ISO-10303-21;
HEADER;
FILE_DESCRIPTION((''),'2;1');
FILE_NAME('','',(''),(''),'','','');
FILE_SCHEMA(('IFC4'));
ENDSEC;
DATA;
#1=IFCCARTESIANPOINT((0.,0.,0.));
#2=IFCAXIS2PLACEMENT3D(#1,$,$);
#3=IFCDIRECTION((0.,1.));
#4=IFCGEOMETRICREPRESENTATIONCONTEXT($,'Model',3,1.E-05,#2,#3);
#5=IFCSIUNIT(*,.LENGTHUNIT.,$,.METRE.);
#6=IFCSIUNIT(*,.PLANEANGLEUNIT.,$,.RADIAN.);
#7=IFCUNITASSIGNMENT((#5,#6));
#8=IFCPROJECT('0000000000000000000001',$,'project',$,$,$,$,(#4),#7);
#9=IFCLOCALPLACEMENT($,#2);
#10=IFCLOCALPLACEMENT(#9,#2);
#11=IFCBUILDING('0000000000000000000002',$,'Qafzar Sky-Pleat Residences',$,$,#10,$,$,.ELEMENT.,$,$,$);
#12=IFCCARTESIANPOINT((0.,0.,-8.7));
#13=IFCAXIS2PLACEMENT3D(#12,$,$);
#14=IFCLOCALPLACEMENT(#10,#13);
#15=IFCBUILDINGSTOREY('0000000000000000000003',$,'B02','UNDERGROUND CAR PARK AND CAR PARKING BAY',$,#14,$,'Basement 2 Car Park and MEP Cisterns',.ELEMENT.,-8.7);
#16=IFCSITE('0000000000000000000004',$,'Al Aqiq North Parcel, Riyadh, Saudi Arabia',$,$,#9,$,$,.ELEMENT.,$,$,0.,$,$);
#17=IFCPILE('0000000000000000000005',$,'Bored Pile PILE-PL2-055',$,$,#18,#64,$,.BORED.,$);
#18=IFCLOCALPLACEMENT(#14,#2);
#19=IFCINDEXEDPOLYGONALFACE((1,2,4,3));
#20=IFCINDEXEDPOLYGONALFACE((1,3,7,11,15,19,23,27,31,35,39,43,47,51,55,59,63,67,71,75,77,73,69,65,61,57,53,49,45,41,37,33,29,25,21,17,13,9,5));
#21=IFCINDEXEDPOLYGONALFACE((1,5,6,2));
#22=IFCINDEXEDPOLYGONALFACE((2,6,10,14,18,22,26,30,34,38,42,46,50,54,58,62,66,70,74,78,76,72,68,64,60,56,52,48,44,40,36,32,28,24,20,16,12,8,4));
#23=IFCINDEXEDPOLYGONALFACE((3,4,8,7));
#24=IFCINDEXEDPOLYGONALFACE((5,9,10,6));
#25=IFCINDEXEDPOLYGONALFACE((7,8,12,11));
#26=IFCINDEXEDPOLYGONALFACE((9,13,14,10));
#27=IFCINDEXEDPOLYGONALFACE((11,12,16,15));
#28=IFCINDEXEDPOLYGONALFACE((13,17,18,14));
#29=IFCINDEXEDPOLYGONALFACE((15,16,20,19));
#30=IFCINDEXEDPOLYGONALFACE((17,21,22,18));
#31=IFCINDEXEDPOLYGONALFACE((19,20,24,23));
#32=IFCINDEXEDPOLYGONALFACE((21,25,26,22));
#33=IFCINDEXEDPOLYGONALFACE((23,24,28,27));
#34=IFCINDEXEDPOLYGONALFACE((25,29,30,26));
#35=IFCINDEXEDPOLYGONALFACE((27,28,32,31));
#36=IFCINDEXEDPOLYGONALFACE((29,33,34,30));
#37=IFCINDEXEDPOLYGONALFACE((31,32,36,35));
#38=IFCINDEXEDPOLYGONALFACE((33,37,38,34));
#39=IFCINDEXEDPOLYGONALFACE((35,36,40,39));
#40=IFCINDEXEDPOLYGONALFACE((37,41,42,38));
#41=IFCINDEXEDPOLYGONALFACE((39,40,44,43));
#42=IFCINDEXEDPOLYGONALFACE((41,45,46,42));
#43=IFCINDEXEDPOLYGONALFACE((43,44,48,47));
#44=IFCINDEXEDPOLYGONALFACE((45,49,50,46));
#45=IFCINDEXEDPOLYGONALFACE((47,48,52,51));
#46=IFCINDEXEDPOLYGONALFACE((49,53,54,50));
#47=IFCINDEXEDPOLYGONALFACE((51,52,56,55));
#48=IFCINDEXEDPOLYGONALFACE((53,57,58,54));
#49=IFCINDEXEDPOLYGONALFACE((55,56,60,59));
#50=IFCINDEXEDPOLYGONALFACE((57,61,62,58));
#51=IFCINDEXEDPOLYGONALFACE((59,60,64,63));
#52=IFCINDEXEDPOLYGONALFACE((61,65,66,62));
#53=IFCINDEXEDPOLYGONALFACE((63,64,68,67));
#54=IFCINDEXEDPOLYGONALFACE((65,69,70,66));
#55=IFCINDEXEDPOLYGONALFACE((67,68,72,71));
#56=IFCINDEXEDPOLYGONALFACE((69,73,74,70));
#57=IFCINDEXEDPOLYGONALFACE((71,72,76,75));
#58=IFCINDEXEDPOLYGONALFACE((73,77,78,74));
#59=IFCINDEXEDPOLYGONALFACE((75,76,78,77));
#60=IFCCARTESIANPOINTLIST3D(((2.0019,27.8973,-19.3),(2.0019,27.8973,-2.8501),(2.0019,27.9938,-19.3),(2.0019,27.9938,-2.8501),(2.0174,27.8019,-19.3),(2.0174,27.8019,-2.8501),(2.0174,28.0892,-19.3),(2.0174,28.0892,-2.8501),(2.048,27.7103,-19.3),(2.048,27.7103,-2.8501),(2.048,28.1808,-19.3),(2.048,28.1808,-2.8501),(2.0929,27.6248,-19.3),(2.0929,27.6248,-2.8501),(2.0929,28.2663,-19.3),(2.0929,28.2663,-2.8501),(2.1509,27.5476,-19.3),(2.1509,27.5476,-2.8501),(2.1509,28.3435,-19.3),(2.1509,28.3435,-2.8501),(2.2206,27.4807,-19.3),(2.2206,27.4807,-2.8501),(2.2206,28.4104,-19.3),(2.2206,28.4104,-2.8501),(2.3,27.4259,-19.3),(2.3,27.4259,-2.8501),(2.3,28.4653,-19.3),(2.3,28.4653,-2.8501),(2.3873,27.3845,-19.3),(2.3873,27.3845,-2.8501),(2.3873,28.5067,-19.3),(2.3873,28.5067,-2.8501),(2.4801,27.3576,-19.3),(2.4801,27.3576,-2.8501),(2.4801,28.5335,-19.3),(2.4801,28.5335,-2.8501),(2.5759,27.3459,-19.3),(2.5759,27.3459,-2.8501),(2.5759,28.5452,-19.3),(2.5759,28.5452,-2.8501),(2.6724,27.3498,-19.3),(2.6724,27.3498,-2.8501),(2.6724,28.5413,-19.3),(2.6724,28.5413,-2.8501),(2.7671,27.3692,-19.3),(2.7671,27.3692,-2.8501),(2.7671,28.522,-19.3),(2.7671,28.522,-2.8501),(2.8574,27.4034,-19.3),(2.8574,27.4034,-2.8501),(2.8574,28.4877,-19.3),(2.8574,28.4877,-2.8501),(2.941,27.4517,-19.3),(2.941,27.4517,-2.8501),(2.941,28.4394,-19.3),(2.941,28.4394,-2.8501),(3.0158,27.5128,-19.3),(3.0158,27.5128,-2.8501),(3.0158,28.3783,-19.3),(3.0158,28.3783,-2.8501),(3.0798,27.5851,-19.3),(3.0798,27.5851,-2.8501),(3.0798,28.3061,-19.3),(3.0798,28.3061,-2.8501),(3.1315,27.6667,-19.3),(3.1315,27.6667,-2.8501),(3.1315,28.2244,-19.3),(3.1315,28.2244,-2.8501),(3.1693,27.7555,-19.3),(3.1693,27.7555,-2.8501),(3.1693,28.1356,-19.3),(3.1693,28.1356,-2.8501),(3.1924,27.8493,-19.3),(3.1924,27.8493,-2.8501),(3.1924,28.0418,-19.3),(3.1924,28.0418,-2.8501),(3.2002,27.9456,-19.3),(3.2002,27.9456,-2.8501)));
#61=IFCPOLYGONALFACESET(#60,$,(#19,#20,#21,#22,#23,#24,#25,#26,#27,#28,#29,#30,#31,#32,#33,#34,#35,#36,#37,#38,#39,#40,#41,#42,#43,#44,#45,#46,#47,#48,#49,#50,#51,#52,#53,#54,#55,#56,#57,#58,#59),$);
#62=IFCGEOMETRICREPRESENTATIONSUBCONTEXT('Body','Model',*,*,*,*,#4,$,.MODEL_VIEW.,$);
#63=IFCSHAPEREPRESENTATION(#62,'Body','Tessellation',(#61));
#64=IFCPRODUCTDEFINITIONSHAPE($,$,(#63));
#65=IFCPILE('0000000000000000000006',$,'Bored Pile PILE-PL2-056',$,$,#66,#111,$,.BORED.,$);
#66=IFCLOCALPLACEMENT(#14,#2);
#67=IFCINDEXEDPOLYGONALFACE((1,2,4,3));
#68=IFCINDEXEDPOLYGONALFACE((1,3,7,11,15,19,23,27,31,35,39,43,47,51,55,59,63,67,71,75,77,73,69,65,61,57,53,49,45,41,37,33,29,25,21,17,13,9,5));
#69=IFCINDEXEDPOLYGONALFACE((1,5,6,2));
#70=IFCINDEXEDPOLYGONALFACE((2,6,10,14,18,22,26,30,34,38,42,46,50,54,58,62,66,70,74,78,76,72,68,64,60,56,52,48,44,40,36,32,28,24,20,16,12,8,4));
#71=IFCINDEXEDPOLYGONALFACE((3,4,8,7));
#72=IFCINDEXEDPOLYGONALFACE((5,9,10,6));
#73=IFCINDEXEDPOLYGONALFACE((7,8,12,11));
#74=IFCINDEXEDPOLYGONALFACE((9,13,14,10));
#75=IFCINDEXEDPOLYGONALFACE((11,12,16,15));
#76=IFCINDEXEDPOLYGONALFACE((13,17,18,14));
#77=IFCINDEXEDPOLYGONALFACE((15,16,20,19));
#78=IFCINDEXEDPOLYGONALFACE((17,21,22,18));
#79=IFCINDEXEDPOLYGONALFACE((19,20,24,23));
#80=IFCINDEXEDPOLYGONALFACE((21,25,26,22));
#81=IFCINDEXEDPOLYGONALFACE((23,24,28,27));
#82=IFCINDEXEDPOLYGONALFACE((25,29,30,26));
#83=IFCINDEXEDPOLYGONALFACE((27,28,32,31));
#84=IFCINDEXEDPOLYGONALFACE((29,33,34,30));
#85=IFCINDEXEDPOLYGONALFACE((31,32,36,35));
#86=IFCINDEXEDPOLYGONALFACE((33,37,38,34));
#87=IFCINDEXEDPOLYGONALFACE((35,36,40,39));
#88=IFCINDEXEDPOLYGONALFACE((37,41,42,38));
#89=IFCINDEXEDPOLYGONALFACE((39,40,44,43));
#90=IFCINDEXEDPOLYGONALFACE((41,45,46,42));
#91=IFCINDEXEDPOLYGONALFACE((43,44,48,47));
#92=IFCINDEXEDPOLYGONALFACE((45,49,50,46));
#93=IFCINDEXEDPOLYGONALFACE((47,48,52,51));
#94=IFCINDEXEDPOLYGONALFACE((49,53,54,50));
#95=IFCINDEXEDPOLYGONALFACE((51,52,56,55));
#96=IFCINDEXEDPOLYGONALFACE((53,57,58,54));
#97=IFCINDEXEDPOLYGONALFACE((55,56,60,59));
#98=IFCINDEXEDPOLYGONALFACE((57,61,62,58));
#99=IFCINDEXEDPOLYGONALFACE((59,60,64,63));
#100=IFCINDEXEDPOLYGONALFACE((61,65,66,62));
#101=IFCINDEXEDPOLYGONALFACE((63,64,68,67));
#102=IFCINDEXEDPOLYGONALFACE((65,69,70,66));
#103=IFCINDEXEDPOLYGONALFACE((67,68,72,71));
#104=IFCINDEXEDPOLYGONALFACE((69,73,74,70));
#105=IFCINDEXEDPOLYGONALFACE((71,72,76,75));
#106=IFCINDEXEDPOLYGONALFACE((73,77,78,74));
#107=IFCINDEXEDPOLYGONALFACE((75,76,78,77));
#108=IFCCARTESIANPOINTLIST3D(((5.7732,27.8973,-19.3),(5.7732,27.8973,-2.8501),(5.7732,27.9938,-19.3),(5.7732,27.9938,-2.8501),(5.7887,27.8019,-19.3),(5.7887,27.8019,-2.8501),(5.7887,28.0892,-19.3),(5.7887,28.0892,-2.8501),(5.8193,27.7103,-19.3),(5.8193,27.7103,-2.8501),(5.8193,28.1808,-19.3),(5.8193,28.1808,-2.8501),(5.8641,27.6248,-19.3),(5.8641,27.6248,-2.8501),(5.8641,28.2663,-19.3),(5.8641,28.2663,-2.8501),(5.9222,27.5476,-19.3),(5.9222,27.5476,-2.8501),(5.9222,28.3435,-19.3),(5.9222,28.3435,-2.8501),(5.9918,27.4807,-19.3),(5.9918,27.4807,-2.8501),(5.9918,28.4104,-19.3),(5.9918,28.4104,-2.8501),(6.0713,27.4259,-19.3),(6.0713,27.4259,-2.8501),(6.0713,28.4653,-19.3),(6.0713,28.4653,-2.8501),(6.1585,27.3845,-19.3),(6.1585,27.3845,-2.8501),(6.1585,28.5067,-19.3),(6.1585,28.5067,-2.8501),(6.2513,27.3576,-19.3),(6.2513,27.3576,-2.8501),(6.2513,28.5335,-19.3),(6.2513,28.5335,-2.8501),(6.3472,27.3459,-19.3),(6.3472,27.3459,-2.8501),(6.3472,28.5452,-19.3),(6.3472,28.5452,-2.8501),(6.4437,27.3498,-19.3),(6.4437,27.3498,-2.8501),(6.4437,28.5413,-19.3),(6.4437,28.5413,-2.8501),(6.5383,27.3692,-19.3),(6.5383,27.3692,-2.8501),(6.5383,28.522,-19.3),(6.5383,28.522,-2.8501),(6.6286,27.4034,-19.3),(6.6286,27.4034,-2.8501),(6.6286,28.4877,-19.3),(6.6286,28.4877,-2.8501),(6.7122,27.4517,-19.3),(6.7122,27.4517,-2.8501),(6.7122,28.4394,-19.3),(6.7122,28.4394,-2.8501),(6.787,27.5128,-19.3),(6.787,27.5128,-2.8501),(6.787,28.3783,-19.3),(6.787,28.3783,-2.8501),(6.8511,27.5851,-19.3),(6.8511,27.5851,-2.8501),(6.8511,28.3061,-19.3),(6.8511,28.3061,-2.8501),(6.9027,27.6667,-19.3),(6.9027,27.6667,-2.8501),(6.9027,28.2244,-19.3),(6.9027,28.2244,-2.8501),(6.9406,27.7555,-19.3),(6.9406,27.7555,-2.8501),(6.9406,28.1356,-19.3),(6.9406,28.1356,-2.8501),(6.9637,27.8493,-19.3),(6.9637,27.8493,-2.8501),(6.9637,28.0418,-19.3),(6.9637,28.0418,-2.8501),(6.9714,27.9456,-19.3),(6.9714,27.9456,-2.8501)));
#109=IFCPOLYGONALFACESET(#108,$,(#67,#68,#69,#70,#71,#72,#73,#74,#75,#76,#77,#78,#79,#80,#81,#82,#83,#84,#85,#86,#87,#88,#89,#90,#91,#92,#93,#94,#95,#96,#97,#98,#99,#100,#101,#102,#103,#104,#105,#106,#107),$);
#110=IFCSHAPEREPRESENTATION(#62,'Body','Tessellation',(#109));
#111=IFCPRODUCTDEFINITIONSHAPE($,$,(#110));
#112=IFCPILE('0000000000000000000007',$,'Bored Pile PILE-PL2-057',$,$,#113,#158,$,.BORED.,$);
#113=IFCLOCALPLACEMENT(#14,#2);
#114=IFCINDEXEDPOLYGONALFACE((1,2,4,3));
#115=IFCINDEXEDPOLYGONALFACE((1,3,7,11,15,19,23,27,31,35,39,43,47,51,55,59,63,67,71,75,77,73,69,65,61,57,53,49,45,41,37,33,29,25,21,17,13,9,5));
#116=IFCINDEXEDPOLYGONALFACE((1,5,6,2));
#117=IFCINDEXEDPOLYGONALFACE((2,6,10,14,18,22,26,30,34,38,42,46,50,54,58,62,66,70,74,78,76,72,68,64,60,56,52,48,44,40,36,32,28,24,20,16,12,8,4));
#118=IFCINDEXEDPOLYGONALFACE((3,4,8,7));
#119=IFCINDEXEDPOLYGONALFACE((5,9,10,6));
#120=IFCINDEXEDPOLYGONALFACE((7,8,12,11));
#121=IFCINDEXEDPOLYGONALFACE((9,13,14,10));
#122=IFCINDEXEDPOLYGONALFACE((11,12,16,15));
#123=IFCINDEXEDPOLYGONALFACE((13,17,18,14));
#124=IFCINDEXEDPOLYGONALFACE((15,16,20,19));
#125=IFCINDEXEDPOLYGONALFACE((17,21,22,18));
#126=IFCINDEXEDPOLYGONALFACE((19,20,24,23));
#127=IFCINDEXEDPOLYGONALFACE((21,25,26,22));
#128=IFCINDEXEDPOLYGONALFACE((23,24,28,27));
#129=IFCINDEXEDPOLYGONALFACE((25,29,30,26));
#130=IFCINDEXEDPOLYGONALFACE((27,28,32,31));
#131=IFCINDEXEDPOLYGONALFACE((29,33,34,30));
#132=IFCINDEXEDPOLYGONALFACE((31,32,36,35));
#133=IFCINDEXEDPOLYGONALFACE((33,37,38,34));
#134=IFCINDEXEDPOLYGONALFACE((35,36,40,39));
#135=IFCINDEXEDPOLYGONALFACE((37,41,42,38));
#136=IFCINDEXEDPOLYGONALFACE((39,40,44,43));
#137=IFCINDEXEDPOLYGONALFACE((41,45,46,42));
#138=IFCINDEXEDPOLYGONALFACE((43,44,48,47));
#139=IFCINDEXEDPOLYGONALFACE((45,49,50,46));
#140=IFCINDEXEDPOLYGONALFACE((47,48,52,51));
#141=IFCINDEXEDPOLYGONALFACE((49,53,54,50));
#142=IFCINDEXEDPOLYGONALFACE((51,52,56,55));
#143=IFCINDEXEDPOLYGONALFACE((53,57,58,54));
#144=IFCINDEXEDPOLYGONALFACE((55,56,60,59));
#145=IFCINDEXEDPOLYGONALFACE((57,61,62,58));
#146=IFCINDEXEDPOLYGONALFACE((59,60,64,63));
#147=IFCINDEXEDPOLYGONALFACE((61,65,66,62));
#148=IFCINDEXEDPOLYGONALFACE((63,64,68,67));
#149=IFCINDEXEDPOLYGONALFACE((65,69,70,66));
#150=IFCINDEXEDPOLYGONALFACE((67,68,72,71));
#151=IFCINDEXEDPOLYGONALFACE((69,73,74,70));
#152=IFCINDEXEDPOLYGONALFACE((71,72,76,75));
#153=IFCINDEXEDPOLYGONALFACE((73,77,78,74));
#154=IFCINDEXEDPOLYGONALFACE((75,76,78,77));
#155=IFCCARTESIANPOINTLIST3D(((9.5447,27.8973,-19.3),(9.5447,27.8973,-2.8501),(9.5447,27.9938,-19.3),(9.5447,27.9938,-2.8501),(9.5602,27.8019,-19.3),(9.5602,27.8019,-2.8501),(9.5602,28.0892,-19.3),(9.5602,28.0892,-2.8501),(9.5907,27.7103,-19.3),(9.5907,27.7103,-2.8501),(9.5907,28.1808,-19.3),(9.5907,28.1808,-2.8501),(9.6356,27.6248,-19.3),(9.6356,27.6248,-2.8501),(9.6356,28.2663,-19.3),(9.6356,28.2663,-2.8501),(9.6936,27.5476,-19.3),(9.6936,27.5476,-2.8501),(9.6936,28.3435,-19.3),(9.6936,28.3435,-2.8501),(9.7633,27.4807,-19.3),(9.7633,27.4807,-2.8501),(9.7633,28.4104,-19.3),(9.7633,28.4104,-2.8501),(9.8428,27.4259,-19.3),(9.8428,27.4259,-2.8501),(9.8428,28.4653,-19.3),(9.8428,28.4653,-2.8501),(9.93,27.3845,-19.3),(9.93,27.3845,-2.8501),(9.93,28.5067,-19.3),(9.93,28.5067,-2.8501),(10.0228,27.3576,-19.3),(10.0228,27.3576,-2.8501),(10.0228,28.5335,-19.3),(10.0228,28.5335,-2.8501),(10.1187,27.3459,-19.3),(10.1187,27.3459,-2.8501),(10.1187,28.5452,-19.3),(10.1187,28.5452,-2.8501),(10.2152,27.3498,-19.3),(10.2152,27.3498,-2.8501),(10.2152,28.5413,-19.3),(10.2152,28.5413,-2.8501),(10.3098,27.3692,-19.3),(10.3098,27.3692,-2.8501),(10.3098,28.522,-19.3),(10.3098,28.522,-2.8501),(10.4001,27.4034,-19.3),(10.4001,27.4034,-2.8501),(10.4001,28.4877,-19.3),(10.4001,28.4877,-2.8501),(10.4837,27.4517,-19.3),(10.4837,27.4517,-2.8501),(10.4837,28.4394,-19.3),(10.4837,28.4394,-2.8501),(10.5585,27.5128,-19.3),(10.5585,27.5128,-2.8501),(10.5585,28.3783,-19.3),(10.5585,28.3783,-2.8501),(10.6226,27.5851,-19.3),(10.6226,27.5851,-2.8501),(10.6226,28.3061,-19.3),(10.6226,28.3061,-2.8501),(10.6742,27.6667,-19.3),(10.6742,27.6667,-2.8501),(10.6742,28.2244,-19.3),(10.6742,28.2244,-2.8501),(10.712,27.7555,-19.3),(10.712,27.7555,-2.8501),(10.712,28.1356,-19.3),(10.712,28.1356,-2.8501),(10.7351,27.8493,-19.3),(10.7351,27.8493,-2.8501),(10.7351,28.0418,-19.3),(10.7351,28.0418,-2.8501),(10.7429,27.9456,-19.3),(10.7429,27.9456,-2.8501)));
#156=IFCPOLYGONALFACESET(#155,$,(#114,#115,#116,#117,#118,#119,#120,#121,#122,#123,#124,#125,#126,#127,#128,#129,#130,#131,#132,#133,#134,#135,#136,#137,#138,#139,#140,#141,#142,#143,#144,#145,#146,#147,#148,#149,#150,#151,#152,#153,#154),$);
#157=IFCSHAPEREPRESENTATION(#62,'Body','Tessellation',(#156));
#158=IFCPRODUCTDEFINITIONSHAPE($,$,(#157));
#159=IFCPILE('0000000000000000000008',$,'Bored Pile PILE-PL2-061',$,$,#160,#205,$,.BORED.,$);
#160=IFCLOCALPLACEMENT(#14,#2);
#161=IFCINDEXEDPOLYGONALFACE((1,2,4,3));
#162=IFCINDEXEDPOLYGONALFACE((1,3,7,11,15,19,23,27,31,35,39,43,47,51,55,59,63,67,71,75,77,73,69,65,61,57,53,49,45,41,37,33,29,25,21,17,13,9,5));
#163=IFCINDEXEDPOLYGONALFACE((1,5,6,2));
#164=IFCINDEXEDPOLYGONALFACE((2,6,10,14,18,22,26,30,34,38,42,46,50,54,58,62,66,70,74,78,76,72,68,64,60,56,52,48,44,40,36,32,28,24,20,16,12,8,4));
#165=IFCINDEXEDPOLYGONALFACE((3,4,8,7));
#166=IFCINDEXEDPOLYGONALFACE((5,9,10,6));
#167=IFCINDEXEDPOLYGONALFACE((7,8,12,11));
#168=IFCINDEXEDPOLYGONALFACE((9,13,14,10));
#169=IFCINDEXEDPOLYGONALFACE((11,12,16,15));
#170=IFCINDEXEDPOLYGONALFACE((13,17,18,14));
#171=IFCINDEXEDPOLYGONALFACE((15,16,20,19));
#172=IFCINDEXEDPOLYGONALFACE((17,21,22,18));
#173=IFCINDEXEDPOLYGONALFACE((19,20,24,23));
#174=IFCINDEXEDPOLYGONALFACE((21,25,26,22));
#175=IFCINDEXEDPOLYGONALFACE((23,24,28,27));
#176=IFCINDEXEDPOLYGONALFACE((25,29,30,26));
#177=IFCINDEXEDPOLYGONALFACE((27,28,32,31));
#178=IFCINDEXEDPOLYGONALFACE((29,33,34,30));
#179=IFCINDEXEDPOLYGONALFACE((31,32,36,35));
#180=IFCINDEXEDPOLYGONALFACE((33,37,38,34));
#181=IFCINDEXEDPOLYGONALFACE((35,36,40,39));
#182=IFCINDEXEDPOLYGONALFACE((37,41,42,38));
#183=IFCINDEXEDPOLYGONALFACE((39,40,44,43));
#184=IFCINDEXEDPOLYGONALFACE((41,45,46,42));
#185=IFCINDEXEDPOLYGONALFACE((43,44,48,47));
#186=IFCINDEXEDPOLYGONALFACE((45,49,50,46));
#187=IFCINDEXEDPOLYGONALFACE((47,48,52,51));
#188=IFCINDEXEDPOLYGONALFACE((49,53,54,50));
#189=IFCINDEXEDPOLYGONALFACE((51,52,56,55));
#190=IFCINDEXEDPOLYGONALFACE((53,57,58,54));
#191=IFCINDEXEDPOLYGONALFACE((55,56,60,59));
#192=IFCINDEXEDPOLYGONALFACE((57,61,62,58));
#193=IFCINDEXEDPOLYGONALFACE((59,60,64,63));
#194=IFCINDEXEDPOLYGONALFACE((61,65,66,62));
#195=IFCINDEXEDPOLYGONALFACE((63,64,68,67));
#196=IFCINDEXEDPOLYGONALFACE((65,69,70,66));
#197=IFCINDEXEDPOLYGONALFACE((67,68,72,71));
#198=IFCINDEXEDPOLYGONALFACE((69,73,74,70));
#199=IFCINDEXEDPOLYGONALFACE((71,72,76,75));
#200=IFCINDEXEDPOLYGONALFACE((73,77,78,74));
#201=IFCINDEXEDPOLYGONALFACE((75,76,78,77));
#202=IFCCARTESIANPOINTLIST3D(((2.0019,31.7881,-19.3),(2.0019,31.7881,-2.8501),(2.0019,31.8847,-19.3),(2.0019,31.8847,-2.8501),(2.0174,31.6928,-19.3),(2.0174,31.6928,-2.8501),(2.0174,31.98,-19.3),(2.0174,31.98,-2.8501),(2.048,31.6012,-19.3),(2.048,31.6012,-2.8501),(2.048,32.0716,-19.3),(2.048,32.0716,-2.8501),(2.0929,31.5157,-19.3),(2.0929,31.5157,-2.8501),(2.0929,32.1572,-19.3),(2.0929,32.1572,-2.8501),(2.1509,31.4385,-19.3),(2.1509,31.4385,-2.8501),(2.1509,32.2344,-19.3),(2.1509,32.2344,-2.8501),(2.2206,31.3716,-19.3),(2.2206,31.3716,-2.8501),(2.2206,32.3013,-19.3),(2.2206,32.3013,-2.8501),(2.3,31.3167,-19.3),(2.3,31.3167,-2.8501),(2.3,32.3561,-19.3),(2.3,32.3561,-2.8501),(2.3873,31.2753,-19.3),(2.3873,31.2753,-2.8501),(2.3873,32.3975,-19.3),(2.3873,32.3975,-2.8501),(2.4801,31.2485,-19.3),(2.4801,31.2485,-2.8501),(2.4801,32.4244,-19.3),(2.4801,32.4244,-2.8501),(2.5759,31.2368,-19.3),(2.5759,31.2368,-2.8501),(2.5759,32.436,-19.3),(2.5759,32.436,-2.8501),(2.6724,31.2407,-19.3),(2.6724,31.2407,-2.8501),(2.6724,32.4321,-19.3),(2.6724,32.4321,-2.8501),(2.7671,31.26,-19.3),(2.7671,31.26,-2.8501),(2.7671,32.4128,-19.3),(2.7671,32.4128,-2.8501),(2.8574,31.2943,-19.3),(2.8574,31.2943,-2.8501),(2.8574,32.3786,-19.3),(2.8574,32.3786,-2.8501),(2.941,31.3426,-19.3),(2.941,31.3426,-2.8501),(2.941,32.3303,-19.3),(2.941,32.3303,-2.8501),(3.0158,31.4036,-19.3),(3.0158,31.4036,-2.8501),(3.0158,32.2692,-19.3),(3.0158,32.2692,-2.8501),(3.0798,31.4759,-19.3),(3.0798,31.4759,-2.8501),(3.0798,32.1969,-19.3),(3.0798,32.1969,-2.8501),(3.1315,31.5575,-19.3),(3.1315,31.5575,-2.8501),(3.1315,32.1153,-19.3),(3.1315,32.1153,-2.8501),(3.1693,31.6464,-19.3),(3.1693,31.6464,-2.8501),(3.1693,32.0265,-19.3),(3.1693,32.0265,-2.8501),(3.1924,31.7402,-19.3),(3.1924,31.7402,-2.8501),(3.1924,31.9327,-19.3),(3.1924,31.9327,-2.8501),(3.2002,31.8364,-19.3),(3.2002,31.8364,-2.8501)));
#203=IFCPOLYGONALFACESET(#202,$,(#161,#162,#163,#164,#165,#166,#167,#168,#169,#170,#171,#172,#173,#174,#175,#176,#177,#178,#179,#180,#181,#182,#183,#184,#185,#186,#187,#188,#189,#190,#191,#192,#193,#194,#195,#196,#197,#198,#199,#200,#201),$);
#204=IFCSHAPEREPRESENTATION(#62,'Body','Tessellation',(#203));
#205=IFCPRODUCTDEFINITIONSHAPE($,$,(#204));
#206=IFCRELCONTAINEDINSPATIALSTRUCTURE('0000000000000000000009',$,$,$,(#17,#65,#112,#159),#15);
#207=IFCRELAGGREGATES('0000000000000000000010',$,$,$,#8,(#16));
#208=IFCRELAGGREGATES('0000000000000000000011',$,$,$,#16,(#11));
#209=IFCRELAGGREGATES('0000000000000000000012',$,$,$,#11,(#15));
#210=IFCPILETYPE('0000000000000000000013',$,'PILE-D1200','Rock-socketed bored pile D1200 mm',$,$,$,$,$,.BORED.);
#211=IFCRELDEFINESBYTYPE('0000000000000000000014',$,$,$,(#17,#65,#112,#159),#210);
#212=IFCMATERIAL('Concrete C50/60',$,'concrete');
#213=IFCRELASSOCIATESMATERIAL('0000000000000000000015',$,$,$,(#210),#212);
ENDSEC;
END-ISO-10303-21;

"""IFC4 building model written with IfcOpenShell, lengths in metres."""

from ifc_helpers import new_model, si_unit, direction, frame, origin, origin_2d, place, context, subcontext, project, spatial, circle, extrude, source, transform, mapped, material, material_profile, profile_set, type_object, element, save


model = new_model("IFC4")

# Units and contexts
model_context = context("Model", 3, precision=1e-05, world=origin(), true_north=direction((0.0, 1.0)))
body_context = subcontext(model_context, "Body", "Model", "MODEL_VIEW")
ifc_project = project(units=[si_unit("LENGTHUNIT", "METRE"), si_unit("PLANEANGLEUNIT", "RADIAN")], contexts=[model_context])

# Site, building, storey
site_placement = place(None, origin())
site = spatial("IfcSite", under=ifc_project, at=site_placement, Name="Al Aqiq North Parcel, Riyadh, Saudi Arabia", CompositionType="ELEMENT", RefElevation=0.0)
building_placement = place(site_placement, origin())
building = spatial("IfcBuilding", under=site, at=building_placement, Name="Qafzar Sky-Pleat Residences", CompositionType="ELEMENT")
storey_placement = place(building_placement, frame((0.0, 0.0, -8.7)))
storey = spatial("IfcBuildingStorey", under=building, at=storey_placement, Name="B02", Description="UNDERGROUND CAR PARK AND CAR PARKING BAY", LongName="Basement 2 Car Park and MEP Cisterns", CompositionType="ELEMENT", Elevation=-8.7)

# Piles
ifc_material_1 = material(Name="Concrete C50/60", Category="concrete")
ifc_material_profile_1 = material_profile(ifc_material_1, circle(Radius=0.6001, at=origin_2d()), Name="PILE D1200")
ifc_profile_set_1 = profile_set([ifc_material_profile_1], Name="Concrete C50/60")
pile_type = type_object("IfcPileType", Name="PILE-D1200", Description="Rock-socketed bored pile D1200 mm", PredefinedType="BORED", material=ifc_profile_set_1)
shared_shape_1 = source(origin(), body_context, "Body", "SweptSolid", [
    extrude(circle(Radius=0.6001, at=origin_2d()), origin(), (0.0, 0.0, 1.0), 16.45),
])
for number, where, z_axis, x_axis, name in (
    (1, (2.6001, 27.9456, -2.8501), (0.0, 0.0, -1.0), (1.0, 0.0, 0.0), "Bored Pile PILE-PL2-055"),
    (2, (6.3713, 27.9456, -2.8501), (0.0, 0.0, -1.0), (1.0, 0.0, 0.0), "Bored Pile PILE-PL2-056"),
    (3, (10.1428, 27.9456, -2.8501), (0.0, 0.0, -1.0), (1.0, 0.0, 0.0), "Bored Pile PILE-PL2-057"),
    (4, (2.6001, 31.8364, -2.8501), (0.0, 0.0, -1.0), (1.0, 0.0, 0.0), "Bored Pile PILE-PL2-061"),
):
    element("IfcPile", number, at=place(storey_placement, frame(where, z_axis=z_axis, x_axis=x_axis)), inside=storey, type_object=pile_type, Name=name, PredefinedType="BORED", context=body_context, shape_type="MappedRepresentation", body=[
        mapped(shared_shape_1, transform((0.0, 0.0, 0.0), x_axis=(1.0, 0.0, 0.0), y_axis=(0.0, 1.0, 0.0), z_axis=(0.0, 0.0, 1.0), scale=1.0)),
    ])

save(model, "model.ifc")
